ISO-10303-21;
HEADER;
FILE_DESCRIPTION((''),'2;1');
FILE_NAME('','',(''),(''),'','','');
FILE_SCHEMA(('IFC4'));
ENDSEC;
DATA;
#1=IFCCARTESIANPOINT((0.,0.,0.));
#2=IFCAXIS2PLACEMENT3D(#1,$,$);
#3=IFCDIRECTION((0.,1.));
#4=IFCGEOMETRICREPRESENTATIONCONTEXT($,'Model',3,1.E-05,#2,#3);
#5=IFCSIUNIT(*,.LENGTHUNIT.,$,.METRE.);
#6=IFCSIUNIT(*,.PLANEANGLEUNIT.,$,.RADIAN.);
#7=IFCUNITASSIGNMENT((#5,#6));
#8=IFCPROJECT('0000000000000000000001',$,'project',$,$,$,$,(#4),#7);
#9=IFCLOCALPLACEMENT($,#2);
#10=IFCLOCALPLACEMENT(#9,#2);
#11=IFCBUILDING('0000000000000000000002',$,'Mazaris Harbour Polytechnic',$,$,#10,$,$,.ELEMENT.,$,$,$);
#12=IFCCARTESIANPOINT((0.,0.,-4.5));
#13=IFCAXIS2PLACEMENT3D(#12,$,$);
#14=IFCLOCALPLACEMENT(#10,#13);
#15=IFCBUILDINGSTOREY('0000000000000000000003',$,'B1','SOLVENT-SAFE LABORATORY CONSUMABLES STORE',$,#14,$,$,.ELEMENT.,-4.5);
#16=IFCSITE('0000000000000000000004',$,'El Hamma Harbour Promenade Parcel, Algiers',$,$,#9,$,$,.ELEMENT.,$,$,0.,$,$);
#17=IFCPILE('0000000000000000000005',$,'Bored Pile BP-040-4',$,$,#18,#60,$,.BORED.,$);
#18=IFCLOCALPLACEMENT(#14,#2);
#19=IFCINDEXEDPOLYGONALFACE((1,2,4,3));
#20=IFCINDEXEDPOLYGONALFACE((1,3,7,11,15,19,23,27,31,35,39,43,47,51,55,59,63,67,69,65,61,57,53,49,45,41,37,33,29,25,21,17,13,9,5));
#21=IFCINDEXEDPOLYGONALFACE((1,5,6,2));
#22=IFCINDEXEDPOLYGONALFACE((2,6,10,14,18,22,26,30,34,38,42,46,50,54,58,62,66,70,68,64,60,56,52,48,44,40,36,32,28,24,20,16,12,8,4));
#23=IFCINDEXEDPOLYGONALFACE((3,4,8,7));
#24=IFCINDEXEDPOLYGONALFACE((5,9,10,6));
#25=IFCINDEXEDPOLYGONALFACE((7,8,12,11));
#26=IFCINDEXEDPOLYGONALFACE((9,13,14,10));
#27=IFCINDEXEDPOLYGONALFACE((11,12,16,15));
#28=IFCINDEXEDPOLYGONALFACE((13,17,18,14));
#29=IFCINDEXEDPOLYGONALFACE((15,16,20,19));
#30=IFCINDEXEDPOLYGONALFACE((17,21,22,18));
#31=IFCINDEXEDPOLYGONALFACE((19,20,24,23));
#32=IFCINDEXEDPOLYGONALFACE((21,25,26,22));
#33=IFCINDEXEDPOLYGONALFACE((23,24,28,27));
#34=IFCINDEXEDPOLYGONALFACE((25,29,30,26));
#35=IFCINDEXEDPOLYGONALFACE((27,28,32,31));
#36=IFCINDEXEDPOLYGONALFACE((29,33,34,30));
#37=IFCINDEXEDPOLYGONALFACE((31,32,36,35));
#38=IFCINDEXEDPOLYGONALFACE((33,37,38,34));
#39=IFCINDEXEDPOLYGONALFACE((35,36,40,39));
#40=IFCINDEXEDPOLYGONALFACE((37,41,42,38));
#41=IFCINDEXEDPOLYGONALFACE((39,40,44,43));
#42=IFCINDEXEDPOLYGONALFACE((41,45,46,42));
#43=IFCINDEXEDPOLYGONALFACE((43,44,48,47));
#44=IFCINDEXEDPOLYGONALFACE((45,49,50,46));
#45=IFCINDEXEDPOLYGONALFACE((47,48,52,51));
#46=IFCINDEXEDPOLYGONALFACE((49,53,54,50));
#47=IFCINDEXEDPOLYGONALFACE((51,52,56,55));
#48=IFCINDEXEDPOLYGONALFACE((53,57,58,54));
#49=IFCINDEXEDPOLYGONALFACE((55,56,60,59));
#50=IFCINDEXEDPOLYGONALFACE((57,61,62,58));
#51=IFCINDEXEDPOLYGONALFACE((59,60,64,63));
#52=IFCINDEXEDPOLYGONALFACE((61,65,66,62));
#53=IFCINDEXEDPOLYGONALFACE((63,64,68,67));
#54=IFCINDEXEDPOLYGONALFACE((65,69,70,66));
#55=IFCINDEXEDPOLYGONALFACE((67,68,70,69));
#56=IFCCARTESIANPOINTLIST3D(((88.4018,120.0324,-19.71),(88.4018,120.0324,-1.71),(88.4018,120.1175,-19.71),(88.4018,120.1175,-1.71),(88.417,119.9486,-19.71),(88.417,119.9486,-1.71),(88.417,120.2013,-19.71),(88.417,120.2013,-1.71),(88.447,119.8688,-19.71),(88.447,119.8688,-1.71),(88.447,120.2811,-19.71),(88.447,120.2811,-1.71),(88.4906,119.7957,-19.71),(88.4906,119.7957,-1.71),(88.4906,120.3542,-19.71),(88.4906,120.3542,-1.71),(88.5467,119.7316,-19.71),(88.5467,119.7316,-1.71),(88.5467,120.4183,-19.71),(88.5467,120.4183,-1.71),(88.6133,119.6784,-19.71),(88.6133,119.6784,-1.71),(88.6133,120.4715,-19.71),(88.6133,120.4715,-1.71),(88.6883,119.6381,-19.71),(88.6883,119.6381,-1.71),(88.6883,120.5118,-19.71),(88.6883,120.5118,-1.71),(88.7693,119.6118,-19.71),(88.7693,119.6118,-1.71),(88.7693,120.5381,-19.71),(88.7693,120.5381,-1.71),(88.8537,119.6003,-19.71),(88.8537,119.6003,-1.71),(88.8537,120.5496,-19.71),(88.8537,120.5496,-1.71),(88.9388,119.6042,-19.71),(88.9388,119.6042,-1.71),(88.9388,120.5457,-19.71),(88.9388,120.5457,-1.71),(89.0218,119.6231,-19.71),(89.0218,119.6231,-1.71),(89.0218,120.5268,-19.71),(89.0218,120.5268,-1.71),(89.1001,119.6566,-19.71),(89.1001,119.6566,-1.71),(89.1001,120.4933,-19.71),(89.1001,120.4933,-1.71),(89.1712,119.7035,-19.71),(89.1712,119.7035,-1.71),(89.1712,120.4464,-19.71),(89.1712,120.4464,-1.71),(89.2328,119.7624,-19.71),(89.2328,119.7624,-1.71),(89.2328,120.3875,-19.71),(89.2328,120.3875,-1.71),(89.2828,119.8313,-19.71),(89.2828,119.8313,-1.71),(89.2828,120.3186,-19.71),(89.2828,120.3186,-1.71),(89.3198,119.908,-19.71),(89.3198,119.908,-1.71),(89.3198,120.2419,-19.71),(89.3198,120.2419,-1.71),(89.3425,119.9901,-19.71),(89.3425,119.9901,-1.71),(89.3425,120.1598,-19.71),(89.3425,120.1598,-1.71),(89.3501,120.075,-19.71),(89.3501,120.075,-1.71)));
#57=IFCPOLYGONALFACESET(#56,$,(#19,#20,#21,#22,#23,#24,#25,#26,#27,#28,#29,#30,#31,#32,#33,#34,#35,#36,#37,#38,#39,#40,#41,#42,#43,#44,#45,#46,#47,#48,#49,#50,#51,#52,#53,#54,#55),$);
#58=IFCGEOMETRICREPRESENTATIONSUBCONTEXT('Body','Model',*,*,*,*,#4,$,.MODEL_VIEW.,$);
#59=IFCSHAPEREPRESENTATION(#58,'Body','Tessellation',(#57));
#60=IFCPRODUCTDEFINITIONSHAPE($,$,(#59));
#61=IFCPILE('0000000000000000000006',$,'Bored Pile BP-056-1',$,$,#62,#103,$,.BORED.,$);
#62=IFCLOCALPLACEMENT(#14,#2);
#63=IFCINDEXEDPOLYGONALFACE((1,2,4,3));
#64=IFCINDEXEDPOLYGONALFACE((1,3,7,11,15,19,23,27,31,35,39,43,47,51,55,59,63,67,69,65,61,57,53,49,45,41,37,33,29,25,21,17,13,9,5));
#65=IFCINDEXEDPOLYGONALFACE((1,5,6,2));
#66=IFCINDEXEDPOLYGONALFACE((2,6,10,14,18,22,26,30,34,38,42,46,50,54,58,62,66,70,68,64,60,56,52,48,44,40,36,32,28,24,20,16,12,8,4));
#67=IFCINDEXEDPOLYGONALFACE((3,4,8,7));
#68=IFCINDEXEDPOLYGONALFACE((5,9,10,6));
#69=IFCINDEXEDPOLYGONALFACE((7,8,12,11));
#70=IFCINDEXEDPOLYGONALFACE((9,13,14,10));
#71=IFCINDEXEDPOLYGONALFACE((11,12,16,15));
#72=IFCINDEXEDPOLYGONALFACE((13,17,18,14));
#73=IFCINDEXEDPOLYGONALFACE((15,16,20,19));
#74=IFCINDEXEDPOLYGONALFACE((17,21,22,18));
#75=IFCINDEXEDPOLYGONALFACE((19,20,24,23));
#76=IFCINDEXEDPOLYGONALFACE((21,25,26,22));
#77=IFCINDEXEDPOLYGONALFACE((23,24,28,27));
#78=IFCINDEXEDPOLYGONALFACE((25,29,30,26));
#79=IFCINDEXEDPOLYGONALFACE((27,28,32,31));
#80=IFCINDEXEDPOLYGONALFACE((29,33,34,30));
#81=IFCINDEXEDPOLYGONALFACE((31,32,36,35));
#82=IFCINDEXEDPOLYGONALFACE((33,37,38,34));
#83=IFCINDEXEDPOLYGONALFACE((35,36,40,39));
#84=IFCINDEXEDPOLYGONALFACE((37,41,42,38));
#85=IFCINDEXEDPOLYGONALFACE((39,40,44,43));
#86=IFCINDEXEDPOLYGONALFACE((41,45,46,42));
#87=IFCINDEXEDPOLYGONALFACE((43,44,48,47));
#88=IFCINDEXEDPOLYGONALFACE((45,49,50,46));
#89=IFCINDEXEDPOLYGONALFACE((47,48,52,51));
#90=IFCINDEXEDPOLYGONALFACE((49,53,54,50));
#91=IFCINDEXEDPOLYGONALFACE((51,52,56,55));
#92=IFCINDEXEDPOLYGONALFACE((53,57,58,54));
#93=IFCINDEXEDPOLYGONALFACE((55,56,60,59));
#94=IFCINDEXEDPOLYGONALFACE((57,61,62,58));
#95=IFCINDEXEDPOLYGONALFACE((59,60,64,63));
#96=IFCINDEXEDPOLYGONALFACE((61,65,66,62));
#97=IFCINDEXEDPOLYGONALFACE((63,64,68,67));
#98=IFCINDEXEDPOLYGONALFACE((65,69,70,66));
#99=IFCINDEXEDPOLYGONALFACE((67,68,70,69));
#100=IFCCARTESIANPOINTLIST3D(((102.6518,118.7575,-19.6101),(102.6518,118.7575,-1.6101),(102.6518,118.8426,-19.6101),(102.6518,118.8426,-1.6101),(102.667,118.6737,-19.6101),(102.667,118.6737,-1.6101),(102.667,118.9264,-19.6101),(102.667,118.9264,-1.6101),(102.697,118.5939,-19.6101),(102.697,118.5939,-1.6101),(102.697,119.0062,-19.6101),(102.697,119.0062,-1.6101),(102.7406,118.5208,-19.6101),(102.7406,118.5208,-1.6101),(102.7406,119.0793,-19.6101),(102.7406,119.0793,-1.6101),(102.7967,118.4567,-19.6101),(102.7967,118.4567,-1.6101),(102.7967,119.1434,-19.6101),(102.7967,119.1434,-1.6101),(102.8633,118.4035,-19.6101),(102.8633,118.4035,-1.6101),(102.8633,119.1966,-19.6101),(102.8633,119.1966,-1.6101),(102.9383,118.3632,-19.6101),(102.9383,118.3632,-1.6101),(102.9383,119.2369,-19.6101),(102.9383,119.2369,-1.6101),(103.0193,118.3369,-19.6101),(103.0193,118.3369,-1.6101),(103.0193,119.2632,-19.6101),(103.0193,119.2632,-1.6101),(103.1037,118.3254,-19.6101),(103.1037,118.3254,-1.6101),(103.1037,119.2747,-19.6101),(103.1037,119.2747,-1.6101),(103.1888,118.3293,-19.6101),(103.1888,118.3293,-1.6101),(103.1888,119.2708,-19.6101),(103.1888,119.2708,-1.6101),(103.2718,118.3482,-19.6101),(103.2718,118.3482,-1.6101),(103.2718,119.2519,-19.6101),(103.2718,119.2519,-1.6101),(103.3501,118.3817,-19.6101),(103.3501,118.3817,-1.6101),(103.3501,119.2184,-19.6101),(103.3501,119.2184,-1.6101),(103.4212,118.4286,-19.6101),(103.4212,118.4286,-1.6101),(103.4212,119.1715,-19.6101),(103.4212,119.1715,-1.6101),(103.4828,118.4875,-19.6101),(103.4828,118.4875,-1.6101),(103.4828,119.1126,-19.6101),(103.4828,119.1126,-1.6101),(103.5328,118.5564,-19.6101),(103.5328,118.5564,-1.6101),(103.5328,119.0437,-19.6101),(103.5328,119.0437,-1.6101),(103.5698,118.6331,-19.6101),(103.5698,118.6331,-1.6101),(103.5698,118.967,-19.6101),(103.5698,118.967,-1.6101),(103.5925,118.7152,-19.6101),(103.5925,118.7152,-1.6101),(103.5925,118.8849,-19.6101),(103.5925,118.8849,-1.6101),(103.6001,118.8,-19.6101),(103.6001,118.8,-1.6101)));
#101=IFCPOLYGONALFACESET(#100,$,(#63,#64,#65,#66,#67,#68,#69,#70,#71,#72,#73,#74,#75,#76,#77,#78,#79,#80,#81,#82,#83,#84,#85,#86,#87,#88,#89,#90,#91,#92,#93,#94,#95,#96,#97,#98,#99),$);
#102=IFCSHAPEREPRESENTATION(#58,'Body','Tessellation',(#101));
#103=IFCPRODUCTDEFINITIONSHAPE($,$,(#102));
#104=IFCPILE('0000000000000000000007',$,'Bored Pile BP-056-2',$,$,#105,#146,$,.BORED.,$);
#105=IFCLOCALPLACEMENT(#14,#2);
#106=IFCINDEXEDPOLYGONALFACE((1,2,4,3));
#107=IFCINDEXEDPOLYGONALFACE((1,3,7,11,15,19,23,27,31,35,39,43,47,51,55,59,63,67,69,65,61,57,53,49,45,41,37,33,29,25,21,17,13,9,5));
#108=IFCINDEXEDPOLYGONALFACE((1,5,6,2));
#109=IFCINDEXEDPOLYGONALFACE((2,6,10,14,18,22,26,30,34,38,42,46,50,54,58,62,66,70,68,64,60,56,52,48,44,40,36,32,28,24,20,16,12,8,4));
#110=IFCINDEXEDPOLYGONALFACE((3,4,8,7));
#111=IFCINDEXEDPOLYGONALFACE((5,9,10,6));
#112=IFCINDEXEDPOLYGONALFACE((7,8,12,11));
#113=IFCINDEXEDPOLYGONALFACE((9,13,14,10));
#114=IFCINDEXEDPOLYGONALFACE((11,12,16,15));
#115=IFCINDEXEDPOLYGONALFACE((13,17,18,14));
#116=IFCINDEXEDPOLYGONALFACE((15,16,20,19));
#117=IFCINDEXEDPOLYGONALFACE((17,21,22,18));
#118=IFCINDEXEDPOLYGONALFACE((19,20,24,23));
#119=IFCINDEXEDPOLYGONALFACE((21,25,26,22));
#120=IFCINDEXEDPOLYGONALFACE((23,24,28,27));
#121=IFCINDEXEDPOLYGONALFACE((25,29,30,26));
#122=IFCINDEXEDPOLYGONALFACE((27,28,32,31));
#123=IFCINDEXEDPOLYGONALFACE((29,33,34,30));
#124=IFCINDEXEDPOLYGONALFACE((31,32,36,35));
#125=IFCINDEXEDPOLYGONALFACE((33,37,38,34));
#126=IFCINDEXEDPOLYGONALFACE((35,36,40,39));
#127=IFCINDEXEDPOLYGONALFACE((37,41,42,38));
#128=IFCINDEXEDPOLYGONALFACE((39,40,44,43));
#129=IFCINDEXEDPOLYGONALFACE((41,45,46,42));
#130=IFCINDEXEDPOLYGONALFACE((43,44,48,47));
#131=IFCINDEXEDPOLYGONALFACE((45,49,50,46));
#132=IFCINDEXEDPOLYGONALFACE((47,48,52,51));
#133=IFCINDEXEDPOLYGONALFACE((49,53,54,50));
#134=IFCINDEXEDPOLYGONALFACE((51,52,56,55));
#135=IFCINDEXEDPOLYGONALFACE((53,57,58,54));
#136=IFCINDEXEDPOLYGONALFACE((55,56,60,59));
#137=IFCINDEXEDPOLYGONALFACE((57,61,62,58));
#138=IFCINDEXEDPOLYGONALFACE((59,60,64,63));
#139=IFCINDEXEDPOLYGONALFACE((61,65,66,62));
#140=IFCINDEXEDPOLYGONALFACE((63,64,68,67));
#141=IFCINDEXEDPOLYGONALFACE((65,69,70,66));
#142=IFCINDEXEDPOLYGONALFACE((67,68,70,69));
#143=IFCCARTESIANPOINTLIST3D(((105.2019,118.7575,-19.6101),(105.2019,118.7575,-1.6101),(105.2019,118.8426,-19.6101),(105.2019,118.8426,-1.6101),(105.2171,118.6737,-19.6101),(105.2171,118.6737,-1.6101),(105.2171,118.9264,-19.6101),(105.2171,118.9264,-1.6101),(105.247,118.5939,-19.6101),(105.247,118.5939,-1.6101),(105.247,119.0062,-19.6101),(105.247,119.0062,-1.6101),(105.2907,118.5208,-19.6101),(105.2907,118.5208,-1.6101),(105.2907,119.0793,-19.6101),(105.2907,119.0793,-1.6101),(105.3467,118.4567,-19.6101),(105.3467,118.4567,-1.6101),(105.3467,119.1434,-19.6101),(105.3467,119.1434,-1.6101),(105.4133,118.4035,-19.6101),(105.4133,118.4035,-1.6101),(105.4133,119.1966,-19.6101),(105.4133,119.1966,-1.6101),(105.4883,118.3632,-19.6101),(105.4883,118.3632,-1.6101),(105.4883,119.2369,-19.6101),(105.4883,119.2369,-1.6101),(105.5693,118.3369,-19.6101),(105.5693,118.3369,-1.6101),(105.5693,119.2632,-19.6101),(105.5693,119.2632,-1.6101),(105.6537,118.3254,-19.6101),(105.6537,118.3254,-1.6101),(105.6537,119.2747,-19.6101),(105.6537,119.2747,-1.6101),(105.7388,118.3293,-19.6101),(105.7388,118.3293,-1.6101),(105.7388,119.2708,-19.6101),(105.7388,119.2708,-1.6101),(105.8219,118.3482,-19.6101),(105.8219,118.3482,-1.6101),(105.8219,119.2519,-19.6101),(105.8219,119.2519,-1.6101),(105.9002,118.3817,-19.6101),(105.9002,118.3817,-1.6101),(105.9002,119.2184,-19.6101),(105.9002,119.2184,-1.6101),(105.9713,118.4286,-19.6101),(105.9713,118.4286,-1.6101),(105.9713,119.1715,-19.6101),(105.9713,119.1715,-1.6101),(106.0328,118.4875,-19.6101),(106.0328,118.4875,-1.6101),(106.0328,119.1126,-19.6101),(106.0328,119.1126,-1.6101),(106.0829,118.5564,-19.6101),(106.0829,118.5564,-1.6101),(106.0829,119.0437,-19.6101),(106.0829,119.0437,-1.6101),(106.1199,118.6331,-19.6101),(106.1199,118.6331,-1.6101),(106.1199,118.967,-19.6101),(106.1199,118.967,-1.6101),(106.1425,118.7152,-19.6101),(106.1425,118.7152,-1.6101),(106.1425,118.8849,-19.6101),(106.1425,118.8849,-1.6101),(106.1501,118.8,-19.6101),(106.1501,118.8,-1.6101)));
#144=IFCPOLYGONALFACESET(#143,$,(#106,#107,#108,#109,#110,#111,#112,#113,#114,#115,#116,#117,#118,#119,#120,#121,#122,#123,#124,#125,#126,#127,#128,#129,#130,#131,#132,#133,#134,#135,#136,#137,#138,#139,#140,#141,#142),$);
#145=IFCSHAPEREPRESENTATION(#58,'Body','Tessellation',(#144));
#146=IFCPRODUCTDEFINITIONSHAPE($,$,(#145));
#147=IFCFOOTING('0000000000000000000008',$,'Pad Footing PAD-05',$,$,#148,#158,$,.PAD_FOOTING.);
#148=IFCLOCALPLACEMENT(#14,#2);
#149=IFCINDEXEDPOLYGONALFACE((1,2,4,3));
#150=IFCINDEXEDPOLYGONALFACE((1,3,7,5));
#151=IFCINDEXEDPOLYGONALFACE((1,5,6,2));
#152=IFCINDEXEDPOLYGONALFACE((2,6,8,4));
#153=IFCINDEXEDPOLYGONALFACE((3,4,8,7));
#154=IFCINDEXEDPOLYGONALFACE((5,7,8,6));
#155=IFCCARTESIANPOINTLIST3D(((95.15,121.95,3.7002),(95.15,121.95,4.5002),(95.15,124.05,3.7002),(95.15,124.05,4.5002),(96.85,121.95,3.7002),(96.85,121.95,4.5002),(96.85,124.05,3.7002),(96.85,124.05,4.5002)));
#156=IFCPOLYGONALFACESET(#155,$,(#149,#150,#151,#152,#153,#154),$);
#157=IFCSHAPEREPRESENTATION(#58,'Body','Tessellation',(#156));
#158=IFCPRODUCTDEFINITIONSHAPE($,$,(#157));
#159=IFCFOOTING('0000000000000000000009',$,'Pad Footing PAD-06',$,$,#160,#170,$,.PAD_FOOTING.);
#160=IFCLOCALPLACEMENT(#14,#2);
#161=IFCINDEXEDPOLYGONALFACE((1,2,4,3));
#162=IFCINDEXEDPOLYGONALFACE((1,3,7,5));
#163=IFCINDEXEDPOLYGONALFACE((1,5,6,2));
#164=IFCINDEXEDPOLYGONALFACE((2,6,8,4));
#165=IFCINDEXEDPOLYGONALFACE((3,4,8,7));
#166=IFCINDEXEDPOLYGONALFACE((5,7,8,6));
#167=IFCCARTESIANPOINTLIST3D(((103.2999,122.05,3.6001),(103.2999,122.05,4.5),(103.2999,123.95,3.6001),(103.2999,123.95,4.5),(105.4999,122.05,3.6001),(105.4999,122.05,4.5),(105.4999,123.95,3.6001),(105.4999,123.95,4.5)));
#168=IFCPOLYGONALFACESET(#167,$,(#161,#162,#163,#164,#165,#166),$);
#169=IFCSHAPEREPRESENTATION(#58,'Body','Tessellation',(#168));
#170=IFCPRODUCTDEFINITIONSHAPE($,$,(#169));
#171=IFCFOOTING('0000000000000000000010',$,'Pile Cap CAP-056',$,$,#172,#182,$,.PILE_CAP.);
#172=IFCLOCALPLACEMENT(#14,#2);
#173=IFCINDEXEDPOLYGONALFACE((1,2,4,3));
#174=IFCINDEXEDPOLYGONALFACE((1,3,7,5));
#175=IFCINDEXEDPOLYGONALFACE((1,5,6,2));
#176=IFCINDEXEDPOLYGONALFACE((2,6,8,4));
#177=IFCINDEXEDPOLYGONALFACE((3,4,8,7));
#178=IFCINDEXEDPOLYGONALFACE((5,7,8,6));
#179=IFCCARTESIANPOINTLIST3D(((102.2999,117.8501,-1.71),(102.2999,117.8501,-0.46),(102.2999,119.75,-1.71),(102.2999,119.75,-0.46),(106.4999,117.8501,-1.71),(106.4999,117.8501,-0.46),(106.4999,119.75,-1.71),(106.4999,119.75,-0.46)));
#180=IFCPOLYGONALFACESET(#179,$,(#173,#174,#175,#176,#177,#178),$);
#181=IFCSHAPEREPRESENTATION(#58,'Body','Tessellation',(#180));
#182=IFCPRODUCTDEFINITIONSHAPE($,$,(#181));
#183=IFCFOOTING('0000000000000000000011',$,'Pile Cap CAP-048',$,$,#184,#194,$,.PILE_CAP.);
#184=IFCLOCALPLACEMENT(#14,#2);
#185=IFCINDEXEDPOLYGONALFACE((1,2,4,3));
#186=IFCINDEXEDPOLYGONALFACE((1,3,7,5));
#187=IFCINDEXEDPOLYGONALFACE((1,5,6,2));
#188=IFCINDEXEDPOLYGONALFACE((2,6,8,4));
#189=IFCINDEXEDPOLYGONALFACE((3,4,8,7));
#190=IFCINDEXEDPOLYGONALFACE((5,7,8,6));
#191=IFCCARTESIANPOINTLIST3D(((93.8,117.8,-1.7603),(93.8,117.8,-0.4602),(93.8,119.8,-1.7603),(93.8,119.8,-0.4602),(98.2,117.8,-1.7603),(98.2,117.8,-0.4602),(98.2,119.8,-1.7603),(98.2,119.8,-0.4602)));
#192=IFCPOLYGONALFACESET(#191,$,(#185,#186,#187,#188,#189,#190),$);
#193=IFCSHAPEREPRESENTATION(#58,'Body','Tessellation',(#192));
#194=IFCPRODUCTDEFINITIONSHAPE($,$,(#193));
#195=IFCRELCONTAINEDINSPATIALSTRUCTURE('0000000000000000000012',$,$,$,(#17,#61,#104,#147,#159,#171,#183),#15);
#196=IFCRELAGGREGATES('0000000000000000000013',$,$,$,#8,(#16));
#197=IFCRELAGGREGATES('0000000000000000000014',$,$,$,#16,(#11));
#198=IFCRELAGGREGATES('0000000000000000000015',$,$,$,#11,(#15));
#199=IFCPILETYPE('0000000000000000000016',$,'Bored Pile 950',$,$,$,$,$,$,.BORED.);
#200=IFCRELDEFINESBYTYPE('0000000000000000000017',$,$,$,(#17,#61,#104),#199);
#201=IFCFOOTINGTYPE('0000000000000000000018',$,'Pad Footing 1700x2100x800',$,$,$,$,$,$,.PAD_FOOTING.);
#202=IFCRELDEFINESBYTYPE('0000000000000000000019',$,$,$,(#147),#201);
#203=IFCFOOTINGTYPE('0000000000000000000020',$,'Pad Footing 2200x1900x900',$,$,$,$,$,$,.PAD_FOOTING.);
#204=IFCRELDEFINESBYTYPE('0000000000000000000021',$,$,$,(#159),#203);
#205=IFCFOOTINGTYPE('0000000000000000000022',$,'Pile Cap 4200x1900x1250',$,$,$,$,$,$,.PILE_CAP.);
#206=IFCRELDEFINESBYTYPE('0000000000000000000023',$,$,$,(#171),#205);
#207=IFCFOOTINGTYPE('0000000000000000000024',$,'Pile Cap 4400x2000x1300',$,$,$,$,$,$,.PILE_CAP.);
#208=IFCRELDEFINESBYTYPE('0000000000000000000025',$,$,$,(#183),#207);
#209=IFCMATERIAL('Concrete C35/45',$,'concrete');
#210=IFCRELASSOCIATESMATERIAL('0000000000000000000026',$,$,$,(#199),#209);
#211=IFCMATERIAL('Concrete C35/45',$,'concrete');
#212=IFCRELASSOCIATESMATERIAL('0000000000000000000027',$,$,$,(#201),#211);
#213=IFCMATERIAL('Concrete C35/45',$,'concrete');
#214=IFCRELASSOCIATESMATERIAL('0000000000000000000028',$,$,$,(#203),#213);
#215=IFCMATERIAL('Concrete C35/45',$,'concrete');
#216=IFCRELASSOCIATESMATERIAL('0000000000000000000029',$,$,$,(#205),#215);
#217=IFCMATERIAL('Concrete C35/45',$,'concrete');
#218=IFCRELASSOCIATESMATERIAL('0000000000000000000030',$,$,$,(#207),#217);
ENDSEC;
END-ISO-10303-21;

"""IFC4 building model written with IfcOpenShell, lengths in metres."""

from ifc_helpers import new_model, si_unit, direction, frame, origin, origin_2d, place, context, subcontext, project, spatial, rectangle, circle, extrude, material, material_profile, profile_set, type_object, element, save


model = new_model("IFC4")

# Units and contexts
model_context = context("Model", 3, precision=1e-05, world=origin(), true_north=direction((0.0, 1.0)))
body_context = subcontext(model_context, "Body", "Model", "MODEL_VIEW")
ifc_project = project(units=[si_unit("LENGTHUNIT", "METRE"), si_unit("PLANEANGLEUNIT", "RADIAN")], contexts=[model_context])

# Site, building, storey
site_placement = place(None, origin())
site = spatial("IfcSite", under=ifc_project, at=site_placement, Name="El Hamma Harbour Promenade Parcel, Algiers", CompositionType="ELEMENT", RefElevation=0.0)
building_placement = place(site_placement, origin())
building = spatial("IfcBuilding", under=site, at=building_placement, Name="Mazaris Harbour Polytechnic", CompositionType="ELEMENT")
storey_placement = place(building_placement, frame((0.0, 0.0, -4.5)))
storey = spatial("IfcBuildingStorey", under=building, at=storey_placement, Name="B1", Description="SOLVENT-SAFE LABORATORY CONSUMABLES STORE", CompositionType="ELEMENT", Elevation=-4.5)

# Piles
ifc_material_1 = material(Name="Concrete C35/45", Category="concrete")
ifc_material_profile_1 = material_profile(ifc_material_1, circle(Radius=0.4751, at=origin_2d()), Name="DIA950")
ifc_profile_set_1 = profile_set([ifc_material_profile_1], Name="Concrete C35/45")
pile_type_1 = type_object("IfcPileType", Name="Bored Pile 950", PredefinedType="BORED", material=ifc_profile_set_1)
for number, where, z_axis, x_axis, name in (
    (1, (88.875, 120.075, -1.71), (0.0, 0.0, -1.0), (1.0, 0.0, 0.0), "Bored Pile BP-040-4"),
    (2, (103.125, 118.8, -1.6101), (0.0, 0.0, -1.0), (1.0, 0.0, 0.0), "Bored Pile BP-056-1"),
    (3, (105.675, 118.8, -1.6101), (0.0, 0.0, -1.0), (1.0, 0.0, 0.0), "Bored Pile BP-056-2"),
):
    element("IfcPile", number, at=place(storey_placement, frame(where, z_axis=z_axis, x_axis=x_axis)), inside=storey, type_object=pile_type_1, Name=name, PredefinedType="BORED", context=body_context, shape_type="SweptSolid", body=[
        extrude(circle(Radius=0.4751, at=origin_2d()), origin(), (0.0, 0.0, 1.0), 18.0),
    ])

# Footings
ifc_material_2 = material(Name="Concrete C35/45", Category="concrete")
footing_type_1 = type_object("IfcFootingType", Name="Pad Footing 1700x2100x800", PredefinedType="PAD_FOOTING", material=ifc_material_2)
footing_1_placement = place(storey_placement, frame((96.0, 123.0, 3.7002), z_axis=(0.0, 0.0, 1.0), x_axis=(1.0, 0.0, 0.0)))
element("IfcFooting", 4, at=footing_1_placement, inside=storey, type_object=footing_type_1, Name="Pad Footing PAD-05", PredefinedType="PAD_FOOTING", context=body_context, shape_type="SweptSolid", body=[
    extrude(rectangle(XDim=1.7, YDim=2.1001, at=origin_2d()), origin(), (0.0, 0.0, 1.0), 0.8),
])
ifc_material_3 = material(Name="Concrete C35/45", Category="concrete")
footing_type_2 = type_object("IfcFootingType", Name="Pad Footing 2200x1900x900", PredefinedType="PAD_FOOTING", material=ifc_material_3)
footing_2_placement = place(storey_placement, frame((104.3999, 123.0, 3.6001), z_axis=(0.0, 0.0, 1.0), x_axis=(1.0, 0.0, 0.0)))
element("IfcFooting", 5, at=footing_2_placement, inside=storey, type_object=footing_type_2, Name="Pad Footing PAD-06", PredefinedType="PAD_FOOTING", context=body_context, shape_type="SweptSolid", body=[
    extrude(rectangle(XDim=2.2, YDim=1.8999, at=origin_2d()), origin(), (0.0, 0.0, 1.0), 0.8999),
])
ifc_material_4 = material(Name="Concrete C35/45", Category="concrete")
footing_type_3 = type_object("IfcFootingType", Name="Pile Cap 4200x1900x1250", PredefinedType="PILE_CAP", material=ifc_material_4)
footing_3_placement = place(storey_placement, frame((104.3999, 118.8, -1.71), z_axis=(0.0, 0.0, 1.0), x_axis=(1.0, 0.0, 0.0)))
element("IfcFooting", 6, at=footing_3_placement, inside=storey, type_object=footing_type_3, Name="Pile Cap CAP-056", PredefinedType="PILE_CAP", context=body_context, shape_type="SweptSolid", body=[
    extrude(rectangle(XDim=4.2, YDim=1.8999, at=origin_2d()), origin(), (0.0, 0.0, 1.0), 1.25),
])
ifc_material_5 = material(Name="Concrete C35/45", Category="concrete")
footing_type_4 = type_object("IfcFootingType", Name="Pile Cap 4400x2000x1300", PredefinedType="PILE_CAP", material=ifc_material_5)
footing_4_placement = place(storey_placement, frame((96.0, 118.8, -1.7603), z_axis=(0.0, 0.0, 1.0), x_axis=(1.0, 0.0, 0.0)))
element("IfcFooting", 7, at=footing_4_placement, inside=storey, type_object=footing_type_4, Name="Pile Cap CAP-048", PredefinedType="PILE_CAP", context=body_context, shape_type="SweptSolid", body=[
    extrude(rectangle(XDim=4.3999, YDim=2.0, at=origin_2d()), origin(), (0.0, 0.0, 1.0), 1.3),
])

save(model, "model.ifc")
